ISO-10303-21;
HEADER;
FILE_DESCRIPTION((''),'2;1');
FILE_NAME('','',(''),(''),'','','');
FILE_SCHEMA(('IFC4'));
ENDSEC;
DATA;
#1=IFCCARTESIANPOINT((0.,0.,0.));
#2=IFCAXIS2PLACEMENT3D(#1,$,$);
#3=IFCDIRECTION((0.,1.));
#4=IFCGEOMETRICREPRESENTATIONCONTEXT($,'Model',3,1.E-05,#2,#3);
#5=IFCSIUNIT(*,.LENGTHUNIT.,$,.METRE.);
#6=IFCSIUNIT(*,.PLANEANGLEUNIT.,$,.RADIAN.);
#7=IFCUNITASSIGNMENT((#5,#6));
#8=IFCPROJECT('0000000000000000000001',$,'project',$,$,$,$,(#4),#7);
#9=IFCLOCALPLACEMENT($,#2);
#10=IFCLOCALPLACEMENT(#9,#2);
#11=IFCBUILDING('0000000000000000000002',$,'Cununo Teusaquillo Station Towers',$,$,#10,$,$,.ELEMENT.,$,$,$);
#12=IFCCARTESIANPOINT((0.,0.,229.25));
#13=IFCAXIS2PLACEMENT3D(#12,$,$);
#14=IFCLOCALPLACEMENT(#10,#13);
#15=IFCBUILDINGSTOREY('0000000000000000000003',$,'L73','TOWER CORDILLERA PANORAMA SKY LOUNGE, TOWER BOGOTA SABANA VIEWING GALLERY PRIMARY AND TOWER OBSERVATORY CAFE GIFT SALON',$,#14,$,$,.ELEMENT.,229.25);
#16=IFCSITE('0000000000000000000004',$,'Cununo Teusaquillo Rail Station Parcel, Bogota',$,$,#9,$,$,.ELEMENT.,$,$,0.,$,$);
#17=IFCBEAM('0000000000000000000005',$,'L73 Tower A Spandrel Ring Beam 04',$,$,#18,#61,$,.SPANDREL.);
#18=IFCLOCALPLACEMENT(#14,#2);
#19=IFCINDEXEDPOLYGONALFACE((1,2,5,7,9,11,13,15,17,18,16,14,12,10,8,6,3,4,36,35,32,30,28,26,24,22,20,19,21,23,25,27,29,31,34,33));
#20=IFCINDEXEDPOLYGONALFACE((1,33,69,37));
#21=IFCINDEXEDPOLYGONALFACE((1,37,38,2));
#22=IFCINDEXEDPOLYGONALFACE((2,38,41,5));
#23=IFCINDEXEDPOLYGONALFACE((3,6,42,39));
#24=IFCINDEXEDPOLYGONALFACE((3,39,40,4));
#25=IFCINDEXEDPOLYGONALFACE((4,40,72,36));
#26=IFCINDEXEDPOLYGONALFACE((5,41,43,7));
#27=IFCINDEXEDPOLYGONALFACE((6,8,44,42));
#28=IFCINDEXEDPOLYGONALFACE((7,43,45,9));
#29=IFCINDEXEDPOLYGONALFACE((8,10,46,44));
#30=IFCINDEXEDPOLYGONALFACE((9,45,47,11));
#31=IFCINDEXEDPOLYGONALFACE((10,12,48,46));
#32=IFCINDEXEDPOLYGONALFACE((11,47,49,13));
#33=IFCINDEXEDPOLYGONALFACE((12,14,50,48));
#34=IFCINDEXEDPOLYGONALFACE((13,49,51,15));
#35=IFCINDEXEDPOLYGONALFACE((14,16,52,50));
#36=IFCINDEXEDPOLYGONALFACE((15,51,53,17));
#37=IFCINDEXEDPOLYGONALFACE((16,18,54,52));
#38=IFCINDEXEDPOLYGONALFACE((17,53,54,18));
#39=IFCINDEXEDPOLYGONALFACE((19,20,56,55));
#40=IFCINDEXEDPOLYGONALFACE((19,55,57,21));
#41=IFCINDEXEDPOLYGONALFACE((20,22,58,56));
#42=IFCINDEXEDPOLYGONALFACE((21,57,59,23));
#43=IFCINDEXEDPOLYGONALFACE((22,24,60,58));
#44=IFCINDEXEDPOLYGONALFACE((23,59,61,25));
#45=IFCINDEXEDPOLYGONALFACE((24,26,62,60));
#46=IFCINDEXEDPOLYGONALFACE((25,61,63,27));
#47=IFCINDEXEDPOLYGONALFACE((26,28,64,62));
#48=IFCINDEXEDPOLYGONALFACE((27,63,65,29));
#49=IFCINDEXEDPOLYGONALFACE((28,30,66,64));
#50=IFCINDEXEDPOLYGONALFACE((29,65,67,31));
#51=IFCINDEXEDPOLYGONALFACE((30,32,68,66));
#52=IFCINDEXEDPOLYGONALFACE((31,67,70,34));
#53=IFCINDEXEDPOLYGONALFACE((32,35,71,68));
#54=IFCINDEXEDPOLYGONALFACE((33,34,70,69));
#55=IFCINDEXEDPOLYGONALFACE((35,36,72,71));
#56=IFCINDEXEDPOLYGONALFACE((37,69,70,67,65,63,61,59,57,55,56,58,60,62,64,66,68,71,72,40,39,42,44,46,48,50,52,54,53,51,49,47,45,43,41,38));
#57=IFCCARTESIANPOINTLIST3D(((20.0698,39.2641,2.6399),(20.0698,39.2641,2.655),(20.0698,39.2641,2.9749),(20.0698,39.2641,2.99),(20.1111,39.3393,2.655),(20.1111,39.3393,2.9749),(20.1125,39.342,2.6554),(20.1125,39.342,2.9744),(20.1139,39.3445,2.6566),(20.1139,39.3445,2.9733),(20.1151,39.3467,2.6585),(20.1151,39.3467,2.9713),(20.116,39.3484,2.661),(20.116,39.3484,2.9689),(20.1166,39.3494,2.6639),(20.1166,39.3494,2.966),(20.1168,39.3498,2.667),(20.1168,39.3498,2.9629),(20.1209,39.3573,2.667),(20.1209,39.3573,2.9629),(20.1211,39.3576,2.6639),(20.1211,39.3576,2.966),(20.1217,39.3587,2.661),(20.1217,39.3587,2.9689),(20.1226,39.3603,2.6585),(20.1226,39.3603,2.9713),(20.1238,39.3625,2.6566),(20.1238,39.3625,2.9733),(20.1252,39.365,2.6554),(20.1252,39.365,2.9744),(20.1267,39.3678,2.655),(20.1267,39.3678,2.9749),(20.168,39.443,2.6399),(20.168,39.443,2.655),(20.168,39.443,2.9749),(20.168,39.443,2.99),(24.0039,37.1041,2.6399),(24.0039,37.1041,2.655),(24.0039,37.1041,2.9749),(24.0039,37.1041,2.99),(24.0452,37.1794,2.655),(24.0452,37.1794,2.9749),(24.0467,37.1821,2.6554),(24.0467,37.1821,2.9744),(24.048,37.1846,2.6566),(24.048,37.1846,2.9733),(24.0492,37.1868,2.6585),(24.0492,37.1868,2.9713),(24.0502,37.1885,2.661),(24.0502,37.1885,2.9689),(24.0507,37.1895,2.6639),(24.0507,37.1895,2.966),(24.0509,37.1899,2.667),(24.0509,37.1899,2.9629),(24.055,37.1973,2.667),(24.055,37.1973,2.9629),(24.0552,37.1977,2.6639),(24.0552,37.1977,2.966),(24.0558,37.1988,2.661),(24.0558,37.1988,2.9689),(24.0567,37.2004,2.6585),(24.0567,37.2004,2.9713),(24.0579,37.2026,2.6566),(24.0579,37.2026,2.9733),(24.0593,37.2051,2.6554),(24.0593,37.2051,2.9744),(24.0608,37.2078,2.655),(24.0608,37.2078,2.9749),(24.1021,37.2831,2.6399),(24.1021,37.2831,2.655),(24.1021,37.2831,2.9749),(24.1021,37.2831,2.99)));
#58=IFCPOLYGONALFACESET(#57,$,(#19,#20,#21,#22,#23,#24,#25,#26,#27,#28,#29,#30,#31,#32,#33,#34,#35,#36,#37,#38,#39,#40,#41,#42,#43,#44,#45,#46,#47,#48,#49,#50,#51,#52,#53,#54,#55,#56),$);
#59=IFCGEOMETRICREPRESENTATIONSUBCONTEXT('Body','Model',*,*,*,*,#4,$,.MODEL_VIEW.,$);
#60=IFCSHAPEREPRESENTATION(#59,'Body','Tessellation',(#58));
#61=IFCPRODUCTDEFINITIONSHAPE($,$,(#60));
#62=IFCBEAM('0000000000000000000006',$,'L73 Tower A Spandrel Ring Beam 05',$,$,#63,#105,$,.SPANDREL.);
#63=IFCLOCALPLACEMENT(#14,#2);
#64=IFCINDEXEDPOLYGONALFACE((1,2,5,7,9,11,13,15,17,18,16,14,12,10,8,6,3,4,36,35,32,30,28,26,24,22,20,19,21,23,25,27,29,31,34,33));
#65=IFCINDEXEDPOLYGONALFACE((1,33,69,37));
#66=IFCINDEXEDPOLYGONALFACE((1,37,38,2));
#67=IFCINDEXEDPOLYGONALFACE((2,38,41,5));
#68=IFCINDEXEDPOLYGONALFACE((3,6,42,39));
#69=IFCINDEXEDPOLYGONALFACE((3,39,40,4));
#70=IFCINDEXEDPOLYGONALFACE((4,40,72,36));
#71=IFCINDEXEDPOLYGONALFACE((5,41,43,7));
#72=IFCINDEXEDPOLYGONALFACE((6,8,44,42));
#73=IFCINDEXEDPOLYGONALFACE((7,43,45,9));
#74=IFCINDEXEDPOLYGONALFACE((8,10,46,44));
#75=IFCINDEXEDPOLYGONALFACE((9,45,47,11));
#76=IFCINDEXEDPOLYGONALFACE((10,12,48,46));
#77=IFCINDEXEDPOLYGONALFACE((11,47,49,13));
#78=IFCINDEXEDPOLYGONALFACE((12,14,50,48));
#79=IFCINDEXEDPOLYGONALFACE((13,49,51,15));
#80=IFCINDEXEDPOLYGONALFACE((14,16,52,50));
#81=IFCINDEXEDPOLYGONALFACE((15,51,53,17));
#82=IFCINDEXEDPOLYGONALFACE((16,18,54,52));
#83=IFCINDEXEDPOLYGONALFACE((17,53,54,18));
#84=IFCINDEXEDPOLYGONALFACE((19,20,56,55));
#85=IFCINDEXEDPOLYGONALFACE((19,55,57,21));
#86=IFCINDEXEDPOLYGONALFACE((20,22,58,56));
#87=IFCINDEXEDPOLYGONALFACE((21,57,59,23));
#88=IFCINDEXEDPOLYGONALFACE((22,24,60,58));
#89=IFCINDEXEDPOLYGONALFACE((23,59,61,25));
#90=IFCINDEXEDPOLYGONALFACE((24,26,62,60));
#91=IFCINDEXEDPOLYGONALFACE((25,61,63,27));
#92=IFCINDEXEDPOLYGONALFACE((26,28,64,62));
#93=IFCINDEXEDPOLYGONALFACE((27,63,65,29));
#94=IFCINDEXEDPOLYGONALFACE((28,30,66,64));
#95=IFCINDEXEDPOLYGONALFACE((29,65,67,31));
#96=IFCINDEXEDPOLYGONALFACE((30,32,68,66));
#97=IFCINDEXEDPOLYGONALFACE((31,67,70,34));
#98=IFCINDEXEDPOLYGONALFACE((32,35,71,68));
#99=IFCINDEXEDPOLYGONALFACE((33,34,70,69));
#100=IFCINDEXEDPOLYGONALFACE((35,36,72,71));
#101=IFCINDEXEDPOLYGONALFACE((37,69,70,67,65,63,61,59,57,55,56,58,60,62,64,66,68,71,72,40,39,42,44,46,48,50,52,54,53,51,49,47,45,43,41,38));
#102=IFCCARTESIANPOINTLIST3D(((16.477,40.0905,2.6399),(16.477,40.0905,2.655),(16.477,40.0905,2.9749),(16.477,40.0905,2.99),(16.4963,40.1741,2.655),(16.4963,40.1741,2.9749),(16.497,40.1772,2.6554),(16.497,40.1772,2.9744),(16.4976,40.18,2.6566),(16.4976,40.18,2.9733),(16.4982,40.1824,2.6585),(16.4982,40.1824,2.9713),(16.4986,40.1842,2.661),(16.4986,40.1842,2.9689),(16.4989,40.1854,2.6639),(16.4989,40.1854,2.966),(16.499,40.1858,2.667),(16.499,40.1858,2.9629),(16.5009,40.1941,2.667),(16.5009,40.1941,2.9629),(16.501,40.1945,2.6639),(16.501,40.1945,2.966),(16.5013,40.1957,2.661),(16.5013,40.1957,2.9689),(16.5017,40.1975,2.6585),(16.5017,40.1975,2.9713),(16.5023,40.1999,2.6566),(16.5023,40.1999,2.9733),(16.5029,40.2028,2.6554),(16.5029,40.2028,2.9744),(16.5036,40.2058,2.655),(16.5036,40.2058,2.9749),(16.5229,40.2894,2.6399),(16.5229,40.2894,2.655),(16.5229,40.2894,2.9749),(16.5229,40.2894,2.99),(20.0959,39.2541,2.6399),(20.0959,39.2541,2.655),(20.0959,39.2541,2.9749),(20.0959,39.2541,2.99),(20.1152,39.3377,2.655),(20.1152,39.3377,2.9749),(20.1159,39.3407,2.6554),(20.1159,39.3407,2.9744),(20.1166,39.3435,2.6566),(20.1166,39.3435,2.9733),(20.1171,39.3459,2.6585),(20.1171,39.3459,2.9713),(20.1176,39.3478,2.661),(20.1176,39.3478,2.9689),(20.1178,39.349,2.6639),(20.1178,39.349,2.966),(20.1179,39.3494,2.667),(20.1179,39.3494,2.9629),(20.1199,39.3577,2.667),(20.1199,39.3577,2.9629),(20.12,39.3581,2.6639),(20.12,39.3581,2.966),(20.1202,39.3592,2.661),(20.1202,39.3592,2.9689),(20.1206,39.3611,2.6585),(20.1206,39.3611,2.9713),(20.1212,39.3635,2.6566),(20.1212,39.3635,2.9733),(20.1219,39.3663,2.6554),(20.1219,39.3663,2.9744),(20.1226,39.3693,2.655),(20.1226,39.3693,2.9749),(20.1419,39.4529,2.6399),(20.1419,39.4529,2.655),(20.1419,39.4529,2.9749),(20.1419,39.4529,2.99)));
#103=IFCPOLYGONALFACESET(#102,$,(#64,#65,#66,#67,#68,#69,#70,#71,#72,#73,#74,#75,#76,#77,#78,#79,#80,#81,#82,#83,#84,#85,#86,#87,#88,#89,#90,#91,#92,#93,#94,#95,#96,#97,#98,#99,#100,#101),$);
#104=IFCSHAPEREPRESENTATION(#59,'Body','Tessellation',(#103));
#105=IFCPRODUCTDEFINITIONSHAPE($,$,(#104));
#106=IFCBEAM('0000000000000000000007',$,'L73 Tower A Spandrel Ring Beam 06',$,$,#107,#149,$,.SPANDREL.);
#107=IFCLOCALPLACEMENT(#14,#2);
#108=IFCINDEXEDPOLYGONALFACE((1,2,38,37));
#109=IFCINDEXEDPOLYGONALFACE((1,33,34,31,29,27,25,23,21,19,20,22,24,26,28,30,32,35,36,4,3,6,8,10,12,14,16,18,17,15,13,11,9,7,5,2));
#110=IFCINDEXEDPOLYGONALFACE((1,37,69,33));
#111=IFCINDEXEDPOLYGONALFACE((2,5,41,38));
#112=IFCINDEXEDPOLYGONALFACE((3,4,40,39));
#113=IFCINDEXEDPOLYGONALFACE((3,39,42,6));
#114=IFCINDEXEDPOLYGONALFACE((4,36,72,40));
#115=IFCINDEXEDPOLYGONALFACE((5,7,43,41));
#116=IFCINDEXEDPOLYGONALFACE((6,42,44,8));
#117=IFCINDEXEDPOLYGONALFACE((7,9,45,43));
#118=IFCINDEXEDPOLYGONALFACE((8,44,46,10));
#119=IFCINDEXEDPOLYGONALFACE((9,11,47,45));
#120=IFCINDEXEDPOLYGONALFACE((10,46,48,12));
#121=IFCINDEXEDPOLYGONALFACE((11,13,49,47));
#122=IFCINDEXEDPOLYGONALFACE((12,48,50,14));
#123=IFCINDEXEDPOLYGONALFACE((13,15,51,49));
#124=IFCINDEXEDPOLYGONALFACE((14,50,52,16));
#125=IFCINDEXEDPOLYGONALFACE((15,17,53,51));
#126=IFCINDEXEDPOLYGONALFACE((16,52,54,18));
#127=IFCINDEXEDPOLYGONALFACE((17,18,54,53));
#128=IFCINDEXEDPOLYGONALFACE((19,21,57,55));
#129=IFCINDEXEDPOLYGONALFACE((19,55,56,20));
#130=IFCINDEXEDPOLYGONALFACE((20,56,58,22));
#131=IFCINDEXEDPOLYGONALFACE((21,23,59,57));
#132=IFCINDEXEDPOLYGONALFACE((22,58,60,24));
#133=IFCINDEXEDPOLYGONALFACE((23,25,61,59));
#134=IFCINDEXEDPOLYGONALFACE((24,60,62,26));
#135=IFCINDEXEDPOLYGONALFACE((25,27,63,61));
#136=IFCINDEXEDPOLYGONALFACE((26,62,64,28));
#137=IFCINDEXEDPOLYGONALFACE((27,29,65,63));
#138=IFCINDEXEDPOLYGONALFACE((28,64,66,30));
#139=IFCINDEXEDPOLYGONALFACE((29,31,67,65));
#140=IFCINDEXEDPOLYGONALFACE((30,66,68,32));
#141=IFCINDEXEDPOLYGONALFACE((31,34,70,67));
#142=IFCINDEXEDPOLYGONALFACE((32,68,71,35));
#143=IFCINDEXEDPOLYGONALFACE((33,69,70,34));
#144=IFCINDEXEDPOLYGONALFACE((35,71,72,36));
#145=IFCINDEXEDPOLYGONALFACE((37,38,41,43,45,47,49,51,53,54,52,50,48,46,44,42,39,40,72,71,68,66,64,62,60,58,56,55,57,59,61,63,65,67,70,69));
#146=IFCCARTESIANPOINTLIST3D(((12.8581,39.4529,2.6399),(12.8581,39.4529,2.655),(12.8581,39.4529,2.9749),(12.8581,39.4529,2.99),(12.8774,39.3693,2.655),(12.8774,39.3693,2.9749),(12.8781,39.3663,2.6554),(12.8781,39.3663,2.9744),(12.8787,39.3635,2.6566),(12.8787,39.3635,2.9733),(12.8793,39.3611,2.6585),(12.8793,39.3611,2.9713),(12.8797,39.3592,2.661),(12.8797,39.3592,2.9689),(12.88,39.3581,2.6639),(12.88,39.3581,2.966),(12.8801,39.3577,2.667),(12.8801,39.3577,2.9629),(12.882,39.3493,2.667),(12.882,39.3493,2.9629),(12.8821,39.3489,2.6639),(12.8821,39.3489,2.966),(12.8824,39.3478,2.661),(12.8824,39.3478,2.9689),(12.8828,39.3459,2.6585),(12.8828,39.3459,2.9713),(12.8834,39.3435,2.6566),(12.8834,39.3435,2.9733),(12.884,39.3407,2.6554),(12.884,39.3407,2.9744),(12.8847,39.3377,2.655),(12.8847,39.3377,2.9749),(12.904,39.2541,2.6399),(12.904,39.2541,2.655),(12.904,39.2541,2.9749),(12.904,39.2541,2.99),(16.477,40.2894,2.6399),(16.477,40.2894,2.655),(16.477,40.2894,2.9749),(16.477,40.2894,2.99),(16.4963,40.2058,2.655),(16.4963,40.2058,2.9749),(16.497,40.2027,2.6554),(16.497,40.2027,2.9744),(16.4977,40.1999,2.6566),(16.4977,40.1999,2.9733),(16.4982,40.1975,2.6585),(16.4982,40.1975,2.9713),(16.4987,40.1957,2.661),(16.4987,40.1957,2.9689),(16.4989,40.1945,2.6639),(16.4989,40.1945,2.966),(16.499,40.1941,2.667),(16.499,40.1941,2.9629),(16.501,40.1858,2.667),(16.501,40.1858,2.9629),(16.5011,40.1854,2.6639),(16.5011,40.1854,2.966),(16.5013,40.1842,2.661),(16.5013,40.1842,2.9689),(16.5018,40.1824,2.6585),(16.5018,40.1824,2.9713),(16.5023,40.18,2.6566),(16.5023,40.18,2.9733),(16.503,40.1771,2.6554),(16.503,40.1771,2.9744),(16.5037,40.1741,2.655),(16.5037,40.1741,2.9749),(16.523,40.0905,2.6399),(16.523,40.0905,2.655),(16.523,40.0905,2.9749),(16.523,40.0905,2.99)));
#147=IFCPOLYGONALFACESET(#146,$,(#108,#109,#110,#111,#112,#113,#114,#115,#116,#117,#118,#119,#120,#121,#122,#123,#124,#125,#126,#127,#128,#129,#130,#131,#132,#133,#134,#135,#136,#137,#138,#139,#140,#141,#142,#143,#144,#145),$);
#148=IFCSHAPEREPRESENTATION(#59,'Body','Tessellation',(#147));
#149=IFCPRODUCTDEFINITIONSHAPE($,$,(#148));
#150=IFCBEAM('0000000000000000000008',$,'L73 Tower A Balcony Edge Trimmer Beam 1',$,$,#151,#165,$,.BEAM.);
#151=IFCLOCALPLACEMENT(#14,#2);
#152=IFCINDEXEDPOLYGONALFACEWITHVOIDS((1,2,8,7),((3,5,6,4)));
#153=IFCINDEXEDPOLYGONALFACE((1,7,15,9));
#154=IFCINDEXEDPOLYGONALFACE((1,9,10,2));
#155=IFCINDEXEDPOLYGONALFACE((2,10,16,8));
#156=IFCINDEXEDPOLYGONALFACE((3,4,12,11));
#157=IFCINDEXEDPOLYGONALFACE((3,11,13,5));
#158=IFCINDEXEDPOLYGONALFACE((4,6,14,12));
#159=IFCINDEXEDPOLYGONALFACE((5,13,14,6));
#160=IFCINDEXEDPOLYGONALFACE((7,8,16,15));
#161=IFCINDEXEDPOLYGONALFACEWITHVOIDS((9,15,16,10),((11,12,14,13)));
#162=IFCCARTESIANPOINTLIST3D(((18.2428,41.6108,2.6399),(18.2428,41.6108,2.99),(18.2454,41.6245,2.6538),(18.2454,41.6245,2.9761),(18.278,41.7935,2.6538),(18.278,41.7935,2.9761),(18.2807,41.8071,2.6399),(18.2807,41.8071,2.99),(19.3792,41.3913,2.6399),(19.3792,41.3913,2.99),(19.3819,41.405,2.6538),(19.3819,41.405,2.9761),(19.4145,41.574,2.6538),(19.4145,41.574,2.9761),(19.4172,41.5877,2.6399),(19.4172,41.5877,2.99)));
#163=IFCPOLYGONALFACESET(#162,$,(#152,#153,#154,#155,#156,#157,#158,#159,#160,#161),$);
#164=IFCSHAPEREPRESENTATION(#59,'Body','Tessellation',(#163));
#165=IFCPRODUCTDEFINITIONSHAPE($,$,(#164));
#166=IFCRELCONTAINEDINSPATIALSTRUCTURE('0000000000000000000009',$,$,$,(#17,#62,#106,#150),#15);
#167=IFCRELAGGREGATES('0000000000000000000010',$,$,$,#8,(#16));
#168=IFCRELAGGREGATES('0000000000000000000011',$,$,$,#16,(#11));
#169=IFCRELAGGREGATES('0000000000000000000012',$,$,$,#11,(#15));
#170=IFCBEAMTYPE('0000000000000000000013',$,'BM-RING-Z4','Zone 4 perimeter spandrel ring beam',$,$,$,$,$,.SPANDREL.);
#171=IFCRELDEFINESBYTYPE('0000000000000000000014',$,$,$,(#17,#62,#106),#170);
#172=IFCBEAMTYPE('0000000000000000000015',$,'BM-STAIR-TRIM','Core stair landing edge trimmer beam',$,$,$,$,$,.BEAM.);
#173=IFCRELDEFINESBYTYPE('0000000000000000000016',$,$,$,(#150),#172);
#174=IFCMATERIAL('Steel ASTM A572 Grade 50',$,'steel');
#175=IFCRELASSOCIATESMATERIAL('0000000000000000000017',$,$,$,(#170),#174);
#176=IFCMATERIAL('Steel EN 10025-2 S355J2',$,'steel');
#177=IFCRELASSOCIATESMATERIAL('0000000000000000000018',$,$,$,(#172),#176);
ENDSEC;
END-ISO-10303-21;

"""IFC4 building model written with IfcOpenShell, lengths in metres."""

from ifc_helpers import new_model, si_unit, direction, frame, origin, origin_2d, place, context, subcontext, project, spatial, hollow_rectangle, i_section, extrude, material, material_profile, profile_set, type_object, element, save


model = new_model("IFC4")

# Units and contexts
model_context = context("Model", 3, precision=1e-05, world=origin(), true_north=direction((0.0, 1.0)))
body_context = subcontext(model_context, "Body", "Model", "MODEL_VIEW")
ifc_project = project(units=[si_unit("LENGTHUNIT", "METRE"), si_unit("PLANEANGLEUNIT", "RADIAN")], contexts=[model_context])

# Site, building, storey
site_placement = place(None, origin())
site = spatial("IfcSite", under=ifc_project, at=site_placement, Name="Cununo Teusaquillo Rail Station Parcel, Bogota", CompositionType="ELEMENT", RefElevation=0.0)
building_placement = place(site_placement, origin())
building = spatial("IfcBuilding", under=site, at=building_placement, Name="Cununo Teusaquillo Station Towers", CompositionType="ELEMENT")
storey_placement = place(building_placement, frame((0.0, 0.0, 229.25)))
storey = spatial("IfcBuildingStorey", under=building, at=storey_placement, Name="L73", Description="TOWER CORDILLERA PANORAMA SKY LOUNGE, TOWER BOGOTA SABANA VIEWING GALLERY PRIMARY AND TOWER OBSERVATORY CAFE GIFT SALON", CompositionType="ELEMENT", Elevation=229.25)

# Beams
ifc_material_1 = material(Name="Steel ASTM A572 Grade 50", Category="steel")
ifc_material_profile_1 = material_profile(ifc_material_1, i_section(OverallWidth=0.2041, OverallDepth=0.3501, WebThickness=0.0085, FlangeThickness=0.0151, FilletRadius=0.012, at=origin_2d()), Name="W14X48")
ifc_profile_set_1 = profile_set([ifc_material_profile_1], Name="Steel ASTM A572 Grade 50")
beam_type_1 = type_object("IfcBeamType", Name="BM-RING-Z4", Description="Zone 4 perimeter spandrel ring beam", PredefinedType="SPANDREL", material=ifc_profile_set_1)
beam_1_placement = place(storey_placement, frame((24.053, 37.1936, 2.8149), z_axis=(-0.876576, 0.481263, 0.0), x_axis=(-0.481263, -0.876576, 0.0)))
element("IfcBeam", 1, at=beam_1_placement, inside=storey, type_object=beam_type_1, Name="L73 Tower A Spandrel Ring Beam 04", PredefinedType="SPANDREL", context=body_context, shape_type="SweptSolid", body=[
    extrude(i_section(OverallWidth=0.2041, OverallDepth=0.3501, WebThickness=0.0085, FlangeThickness=0.0151, FilletRadius=0.012, at=origin_2d()), origin(), (0.0, 0.0, 1.0), 4.488),
])
for number, where, z_axis, x_axis, name in (
    (2, (20.1189, 39.3535, 2.8149), (-0.974315, 0.225191, 0.0), (-0.225191, -0.974315, 0.0), "L73 Tower A Spandrel Ring Beam 05"),
    (3, (16.5, 40.1899, 2.8149), (-0.974315, -0.225191, 0.0), (0.225191, -0.974315, 0.0), "L73 Tower A Spandrel Ring Beam 06"),
):
    element("IfcBeam", number, at=place(storey_placement, frame(where, z_axis=z_axis, x_axis=x_axis)), inside=storey, type_object=beam_type_1, Name=name, PredefinedType="SPANDREL", context=body_context, shape_type="SweptSolid", body=[
        extrude(i_section(OverallWidth=0.2041, OverallDepth=0.3501, WebThickness=0.0085, FlangeThickness=0.0151, FilletRadius=0.012, at=origin_2d()), origin(), (0.0, 0.0, 1.0), 3.7144),
    ])
ifc_material_2 = material(Name="Steel EN 10025-2 S355J2", Category="steel")
ifc_material_profile_2 = material_profile(ifc_material_2, hollow_rectangle(XDim=0.2, YDim=0.3501, WallThickness=0.0139, at=origin_2d()), Name="RHS 350x200x14")
ifc_profile_set_2 = profile_set([ifc_material_profile_2], Name="Steel EN 10025-2 S355J2")
beam_type_2 = type_object("IfcBeamType", Name="BM-STAIR-TRIM", Description="Core stair landing edge trimmer beam", PredefinedType="BEAM", material=ifc_profile_set_2)
beam_2_placement = place(storey_placement, frame((19.3982, 41.4895, 2.8149), z_axis=(-0.981857, 0.189622, 0.0), x_axis=(-0.189622, -0.981857, 0.0)))
element("IfcBeam", 4, at=beam_2_placement, inside=storey, type_object=beam_type_2, Name="L73 Tower A Balcony Edge Trimmer Beam 1", PredefinedType="BEAM", context=body_context, shape_type="SweptSolid", body=[
    extrude(hollow_rectangle(XDim=0.2, YDim=0.3501, WallThickness=0.0139, at=origin_2d()), origin(), (0.0, 0.0, 1.0), 1.1575),
])

save(model, "model.ifc")
